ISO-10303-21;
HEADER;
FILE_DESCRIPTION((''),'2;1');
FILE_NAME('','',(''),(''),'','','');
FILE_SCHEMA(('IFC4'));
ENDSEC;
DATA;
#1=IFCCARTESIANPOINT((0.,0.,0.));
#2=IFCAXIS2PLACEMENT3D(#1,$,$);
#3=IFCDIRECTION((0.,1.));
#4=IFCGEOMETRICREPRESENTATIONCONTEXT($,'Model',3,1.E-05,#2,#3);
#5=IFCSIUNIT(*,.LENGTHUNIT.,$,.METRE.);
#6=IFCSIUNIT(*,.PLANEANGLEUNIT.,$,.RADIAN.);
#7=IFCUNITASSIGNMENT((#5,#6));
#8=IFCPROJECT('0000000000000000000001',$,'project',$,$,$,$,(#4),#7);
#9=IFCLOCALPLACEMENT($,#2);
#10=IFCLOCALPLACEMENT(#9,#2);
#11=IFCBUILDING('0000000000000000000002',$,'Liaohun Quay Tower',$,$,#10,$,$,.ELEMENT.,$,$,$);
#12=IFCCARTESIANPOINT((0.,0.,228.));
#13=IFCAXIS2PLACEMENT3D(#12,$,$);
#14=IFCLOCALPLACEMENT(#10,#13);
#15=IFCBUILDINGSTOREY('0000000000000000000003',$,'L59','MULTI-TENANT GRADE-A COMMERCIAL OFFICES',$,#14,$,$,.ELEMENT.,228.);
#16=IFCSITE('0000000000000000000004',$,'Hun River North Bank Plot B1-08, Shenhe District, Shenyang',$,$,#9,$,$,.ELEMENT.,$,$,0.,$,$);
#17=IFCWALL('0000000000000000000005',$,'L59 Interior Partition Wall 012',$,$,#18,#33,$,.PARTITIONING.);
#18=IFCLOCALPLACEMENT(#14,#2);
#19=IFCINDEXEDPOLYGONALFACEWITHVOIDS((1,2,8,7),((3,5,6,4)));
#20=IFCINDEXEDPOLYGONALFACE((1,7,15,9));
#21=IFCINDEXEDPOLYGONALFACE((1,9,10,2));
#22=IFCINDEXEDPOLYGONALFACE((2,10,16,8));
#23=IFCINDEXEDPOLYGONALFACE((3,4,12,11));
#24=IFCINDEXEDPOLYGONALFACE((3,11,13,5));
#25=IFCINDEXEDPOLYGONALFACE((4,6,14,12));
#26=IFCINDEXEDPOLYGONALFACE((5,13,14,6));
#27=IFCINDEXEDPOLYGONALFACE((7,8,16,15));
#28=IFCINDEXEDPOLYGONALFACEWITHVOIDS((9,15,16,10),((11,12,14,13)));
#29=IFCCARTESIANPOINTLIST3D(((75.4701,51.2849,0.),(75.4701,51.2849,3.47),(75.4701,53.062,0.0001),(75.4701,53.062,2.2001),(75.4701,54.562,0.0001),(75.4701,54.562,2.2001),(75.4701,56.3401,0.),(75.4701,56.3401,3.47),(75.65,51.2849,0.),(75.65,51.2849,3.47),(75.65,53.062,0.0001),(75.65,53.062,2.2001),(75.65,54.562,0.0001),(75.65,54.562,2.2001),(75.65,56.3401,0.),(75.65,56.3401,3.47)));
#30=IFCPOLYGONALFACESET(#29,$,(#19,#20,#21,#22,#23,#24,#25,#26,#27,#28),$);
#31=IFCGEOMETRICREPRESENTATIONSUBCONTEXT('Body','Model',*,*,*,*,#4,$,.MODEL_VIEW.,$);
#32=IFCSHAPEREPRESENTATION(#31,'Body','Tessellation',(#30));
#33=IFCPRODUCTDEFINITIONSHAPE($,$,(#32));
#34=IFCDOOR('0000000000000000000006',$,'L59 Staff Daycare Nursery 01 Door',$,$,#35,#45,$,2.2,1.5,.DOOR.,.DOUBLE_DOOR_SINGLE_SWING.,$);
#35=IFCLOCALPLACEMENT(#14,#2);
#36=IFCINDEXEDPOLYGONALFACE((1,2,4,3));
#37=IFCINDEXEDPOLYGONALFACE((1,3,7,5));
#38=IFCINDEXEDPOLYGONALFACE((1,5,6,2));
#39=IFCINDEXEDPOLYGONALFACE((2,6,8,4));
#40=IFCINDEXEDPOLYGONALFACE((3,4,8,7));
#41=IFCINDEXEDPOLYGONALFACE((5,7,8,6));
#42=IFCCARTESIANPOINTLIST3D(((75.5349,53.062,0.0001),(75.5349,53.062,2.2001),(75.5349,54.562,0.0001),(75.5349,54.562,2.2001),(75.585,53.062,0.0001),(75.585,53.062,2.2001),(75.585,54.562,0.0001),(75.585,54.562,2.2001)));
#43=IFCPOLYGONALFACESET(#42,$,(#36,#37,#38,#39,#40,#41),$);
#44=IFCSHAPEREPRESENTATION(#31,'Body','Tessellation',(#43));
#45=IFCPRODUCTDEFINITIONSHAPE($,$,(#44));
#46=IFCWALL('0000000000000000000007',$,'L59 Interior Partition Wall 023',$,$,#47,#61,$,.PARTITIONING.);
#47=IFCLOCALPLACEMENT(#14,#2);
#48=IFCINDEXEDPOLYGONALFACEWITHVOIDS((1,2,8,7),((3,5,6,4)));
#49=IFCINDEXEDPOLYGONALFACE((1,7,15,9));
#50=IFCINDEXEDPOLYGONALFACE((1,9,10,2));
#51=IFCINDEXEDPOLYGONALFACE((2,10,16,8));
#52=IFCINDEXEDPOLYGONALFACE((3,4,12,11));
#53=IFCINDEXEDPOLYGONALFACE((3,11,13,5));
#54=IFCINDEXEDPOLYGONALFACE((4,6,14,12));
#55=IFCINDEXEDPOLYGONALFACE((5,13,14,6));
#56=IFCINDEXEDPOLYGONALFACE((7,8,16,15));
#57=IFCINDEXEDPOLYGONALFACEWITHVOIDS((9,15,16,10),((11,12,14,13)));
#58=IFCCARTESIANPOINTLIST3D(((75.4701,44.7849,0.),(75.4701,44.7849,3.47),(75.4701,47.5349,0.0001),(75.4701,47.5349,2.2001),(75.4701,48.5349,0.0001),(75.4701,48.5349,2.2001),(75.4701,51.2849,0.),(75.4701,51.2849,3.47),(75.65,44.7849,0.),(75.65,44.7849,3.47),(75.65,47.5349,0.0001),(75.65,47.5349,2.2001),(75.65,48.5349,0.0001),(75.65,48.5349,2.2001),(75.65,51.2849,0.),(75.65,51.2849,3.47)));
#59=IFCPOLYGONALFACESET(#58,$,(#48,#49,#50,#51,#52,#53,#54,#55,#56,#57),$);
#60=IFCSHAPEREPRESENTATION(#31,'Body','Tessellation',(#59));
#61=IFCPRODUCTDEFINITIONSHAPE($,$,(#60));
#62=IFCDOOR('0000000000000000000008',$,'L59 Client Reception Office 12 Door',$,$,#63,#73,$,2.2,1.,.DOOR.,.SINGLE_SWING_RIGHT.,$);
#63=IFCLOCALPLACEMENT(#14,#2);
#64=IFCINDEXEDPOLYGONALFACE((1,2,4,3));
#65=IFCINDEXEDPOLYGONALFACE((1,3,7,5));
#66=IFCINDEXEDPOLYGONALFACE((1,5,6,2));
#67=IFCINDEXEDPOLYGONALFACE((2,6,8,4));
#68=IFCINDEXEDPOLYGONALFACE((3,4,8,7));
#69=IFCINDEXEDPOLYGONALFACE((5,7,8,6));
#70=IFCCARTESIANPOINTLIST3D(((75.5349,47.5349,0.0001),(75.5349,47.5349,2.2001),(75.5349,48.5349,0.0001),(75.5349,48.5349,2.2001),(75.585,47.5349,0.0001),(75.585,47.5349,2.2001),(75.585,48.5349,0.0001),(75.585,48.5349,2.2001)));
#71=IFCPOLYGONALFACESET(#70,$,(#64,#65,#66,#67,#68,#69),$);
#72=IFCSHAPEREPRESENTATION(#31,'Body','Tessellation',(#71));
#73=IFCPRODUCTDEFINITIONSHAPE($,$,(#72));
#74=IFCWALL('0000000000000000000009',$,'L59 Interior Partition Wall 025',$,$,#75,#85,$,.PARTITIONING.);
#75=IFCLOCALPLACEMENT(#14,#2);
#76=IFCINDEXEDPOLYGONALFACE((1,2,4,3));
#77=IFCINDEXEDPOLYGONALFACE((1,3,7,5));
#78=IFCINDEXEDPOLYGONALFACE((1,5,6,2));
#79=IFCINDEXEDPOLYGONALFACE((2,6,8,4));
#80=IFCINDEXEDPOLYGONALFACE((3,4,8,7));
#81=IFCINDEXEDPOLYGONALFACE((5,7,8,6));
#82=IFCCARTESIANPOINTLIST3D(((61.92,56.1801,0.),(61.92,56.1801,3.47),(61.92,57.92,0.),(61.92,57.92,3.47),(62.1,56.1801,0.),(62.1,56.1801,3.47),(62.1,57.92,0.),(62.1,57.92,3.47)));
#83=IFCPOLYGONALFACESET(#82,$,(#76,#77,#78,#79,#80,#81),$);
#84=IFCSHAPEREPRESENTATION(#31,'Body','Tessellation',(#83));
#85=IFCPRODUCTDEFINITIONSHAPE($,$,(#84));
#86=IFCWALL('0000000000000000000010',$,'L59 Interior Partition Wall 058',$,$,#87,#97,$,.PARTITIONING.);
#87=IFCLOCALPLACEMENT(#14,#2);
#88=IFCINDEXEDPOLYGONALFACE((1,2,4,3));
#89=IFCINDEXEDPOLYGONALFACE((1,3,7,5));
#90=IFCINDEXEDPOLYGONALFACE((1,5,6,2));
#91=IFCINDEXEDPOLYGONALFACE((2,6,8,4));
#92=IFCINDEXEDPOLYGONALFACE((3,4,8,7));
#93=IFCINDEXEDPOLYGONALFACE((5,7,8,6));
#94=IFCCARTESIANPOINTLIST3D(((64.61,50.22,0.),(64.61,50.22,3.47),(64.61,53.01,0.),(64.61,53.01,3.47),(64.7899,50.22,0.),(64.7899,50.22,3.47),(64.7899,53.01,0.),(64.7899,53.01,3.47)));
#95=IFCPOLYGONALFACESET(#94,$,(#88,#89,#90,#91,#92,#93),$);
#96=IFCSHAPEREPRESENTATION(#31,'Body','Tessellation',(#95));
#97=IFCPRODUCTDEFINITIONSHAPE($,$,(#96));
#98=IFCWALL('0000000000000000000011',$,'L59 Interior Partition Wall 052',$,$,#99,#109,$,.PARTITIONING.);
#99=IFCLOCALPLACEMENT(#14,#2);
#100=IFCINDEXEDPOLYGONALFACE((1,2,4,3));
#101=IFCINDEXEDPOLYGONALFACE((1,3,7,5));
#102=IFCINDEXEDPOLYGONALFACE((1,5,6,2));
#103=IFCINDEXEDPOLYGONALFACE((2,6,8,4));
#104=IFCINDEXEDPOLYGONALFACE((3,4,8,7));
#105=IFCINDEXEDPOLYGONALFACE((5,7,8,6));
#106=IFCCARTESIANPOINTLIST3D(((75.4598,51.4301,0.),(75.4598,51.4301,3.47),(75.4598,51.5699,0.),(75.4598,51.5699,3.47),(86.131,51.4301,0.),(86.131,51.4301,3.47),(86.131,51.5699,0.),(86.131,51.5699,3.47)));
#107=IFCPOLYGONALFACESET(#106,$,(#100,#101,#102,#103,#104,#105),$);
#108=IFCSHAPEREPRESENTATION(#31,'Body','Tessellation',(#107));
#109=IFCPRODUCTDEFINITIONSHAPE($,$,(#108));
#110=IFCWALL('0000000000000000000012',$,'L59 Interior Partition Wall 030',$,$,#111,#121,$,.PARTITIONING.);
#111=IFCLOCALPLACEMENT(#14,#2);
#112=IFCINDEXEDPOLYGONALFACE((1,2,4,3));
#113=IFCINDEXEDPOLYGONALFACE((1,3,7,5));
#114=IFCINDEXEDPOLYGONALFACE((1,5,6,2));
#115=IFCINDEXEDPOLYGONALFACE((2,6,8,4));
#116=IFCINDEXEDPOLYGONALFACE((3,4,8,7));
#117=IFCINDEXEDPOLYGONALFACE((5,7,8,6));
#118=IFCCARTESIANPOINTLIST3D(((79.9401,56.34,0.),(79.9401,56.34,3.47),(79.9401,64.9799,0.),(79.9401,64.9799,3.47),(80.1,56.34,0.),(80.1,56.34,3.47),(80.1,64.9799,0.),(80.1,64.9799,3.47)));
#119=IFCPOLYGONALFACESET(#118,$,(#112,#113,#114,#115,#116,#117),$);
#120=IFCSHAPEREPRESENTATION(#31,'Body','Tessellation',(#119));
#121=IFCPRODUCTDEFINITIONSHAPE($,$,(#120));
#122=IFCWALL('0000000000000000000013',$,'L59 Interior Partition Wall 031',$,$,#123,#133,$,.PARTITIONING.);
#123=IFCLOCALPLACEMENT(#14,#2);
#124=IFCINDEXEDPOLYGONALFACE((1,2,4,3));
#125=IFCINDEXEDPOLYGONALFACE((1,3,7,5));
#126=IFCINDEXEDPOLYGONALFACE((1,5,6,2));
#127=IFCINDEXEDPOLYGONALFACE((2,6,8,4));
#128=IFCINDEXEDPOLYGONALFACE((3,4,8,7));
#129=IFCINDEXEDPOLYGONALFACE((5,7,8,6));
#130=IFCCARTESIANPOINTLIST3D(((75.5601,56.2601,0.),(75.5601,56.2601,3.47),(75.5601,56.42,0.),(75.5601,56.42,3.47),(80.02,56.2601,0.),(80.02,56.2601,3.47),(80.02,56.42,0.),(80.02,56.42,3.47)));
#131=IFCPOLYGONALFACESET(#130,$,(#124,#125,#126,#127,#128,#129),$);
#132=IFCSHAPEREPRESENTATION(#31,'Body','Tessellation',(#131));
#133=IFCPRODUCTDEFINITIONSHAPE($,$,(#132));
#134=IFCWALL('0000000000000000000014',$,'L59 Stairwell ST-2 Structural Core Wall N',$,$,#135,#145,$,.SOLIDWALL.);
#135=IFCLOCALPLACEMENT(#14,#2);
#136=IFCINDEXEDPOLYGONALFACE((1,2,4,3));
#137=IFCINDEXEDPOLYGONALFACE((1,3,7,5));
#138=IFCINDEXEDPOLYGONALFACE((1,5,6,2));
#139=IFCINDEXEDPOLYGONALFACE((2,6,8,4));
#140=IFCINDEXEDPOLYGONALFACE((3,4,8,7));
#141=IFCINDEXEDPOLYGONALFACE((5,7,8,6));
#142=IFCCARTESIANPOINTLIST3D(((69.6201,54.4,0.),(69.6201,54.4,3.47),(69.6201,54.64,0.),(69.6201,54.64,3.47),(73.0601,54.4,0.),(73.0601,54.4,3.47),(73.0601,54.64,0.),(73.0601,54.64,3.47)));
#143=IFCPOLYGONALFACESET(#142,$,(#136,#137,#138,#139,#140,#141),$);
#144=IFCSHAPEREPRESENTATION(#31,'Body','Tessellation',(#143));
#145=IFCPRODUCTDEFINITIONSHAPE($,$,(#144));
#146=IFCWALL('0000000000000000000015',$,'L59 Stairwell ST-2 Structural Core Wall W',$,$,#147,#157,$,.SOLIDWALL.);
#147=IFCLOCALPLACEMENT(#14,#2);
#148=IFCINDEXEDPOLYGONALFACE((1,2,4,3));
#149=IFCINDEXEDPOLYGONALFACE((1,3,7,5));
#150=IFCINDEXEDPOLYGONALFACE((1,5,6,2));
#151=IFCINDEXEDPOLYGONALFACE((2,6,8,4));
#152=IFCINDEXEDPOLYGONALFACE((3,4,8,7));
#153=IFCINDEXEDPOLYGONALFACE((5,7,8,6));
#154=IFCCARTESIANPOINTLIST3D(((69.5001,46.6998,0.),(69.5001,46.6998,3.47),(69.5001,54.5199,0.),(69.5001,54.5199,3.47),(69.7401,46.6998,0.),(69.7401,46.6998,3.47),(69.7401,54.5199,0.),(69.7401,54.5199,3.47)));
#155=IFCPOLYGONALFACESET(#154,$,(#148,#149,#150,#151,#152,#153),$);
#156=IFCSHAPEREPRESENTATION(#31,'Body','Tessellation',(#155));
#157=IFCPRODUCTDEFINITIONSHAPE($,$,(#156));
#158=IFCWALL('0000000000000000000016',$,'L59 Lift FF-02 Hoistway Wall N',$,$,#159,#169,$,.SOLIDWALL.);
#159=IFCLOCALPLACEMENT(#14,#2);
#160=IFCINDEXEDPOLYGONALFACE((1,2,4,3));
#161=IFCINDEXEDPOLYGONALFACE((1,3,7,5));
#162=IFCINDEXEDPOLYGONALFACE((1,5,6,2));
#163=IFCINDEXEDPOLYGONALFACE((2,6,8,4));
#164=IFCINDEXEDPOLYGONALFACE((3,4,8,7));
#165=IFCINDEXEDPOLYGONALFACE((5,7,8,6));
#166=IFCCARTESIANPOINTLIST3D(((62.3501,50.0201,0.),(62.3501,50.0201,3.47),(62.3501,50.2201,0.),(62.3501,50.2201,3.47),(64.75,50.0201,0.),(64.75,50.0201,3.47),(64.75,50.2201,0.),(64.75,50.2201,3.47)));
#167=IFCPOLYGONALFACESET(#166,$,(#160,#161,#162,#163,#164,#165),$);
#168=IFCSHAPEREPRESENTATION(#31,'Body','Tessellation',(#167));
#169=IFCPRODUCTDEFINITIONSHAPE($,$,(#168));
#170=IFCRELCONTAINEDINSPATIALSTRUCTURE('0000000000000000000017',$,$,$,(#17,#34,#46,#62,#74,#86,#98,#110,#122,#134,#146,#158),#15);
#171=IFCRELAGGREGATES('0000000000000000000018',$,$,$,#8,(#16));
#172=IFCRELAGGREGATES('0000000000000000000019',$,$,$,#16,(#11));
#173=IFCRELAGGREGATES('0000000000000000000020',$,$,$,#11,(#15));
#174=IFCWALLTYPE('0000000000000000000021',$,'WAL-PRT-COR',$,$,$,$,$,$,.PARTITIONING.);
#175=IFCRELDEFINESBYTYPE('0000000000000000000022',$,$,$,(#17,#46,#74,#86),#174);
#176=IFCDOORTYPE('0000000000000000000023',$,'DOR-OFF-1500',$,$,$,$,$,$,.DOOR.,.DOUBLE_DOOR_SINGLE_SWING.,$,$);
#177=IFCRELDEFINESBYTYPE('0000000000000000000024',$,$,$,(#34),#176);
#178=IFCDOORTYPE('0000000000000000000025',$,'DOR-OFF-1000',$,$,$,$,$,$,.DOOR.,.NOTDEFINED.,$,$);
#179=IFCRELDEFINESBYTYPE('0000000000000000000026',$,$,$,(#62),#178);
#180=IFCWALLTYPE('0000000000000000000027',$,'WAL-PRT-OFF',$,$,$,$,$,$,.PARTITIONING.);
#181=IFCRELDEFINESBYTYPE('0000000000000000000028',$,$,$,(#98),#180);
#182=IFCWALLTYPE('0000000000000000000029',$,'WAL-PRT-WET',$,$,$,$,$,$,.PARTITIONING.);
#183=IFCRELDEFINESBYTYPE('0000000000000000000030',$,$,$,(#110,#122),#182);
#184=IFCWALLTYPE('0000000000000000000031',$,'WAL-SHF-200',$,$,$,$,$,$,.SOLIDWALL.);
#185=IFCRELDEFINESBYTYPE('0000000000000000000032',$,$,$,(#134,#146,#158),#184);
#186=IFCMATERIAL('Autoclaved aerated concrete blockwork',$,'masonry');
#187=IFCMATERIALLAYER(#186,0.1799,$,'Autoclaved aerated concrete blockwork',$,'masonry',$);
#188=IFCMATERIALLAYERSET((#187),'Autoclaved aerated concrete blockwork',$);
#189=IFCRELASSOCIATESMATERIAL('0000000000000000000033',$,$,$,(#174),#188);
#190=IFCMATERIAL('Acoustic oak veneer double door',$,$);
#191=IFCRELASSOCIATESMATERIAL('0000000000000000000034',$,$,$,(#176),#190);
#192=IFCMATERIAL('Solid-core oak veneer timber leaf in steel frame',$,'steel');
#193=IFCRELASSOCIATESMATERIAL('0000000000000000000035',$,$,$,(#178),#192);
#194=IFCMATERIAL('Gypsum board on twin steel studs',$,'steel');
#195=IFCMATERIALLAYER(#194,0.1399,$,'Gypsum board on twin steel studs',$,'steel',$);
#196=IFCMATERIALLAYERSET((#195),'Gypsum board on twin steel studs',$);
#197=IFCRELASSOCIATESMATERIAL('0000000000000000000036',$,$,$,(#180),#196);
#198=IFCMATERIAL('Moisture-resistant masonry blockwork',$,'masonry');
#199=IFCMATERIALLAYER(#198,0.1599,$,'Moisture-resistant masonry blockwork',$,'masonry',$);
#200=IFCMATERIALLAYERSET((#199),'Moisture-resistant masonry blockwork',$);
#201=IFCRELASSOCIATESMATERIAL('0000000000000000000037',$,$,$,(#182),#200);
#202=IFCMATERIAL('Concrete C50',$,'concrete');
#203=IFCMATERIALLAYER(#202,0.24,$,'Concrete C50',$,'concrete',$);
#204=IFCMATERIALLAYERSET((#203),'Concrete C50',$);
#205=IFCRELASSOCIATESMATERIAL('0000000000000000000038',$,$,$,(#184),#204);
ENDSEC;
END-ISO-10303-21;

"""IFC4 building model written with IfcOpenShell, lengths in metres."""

from ifc_helpers import new_model, si_unit, direction, frame, frame_2d, origin, place, context, subcontext, project, spatial, rectangle, extrude, source, transform, mapped, material, layer, layer_set, type_object, element, fill, save


model = new_model("IFC4")

# Units and contexts
model_context = context("Model", 3, precision=1e-05, world=origin(), true_north=direction((0.0, 1.0)))
body_context = subcontext(model_context, "Body", "Model", "MODEL_VIEW")
ifc_project = project(units=[si_unit("LENGTHUNIT", "METRE"), si_unit("PLANEANGLEUNIT", "RADIAN")], contexts=[model_context])

# Site, building, storey
site_placement = place(None, origin())
site = spatial("IfcSite", under=ifc_project, at=site_placement, Name="Hun River North Bank Plot B1-08, Shenhe District, Shenyang", CompositionType="ELEMENT", RefElevation=0.0)
building_placement = place(site_placement, origin())
building = spatial("IfcBuilding", under=site, at=building_placement, Name="Liaohun Quay Tower", CompositionType="ELEMENT")
storey_placement = place(building_placement, frame((0.0, 0.0, 228.0)))
storey = spatial("IfcBuildingStorey", under=building, at=storey_placement, Name="L59", Description="MULTI-TENANT GRADE-A COMMERCIAL OFFICES", CompositionType="ELEMENT", Elevation=228.0)

# Walls, openings, doors
ifc_material_1 = material(Name="Autoclaved aerated concrete blockwork", Category="masonry")
ifc_layer_1 = layer(ifc_material_1, 0.1799, Name="Autoclaved aerated concrete blockwork", Category="masonry")
ifc_layer_set_1 = layer_set([ifc_layer_1], Name="Autoclaved aerated concrete blockwork")
wall_type_1 = type_object("IfcWallType", Name="WAL-PRT-COR", PredefinedType="PARTITIONING", material=ifc_layer_set_1)
wall_1_placement = place(storey_placement, frame((75.5601, 56.3401, 0.0), z_axis=(0.0, 0.0, 1.0), x_axis=(0.0, -1.0, 0.0)))
wall_1 = element("IfcWall", 1, at=wall_1_placement, inside=storey, type_object=wall_type_1, Name="L59 Interior Partition Wall 012", PredefinedType="PARTITIONING", context=body_context, shape_type="SweptSolid", body=[
    extrude(rectangle(XDim=5.0552, YDim=0.1799, at=frame_2d((2.5276, 0.0))), origin(), (0.0, 0.0, 1.0), 3.47),
])
shared_shape_1 = source(origin(), body_context, "Body", "SweptSolid", [
    extrude(rectangle(XDim=1.5, YDim=2.2, at=frame_2d((0.75, 1.1001))), frame((0.0, 0.0999, 0.0), z_axis=(0.0, -1.0, 0.0), x_axis=(1.0, 0.0, 0.0)), (0.0, 0.0, 1.0), 0.2),
])
opening_1_placement = place(wall_1_placement, frame((1.7781, 0.0, 0.0)))
opening_1 = element("IfcOpeningElement", 2, at=opening_1_placement, cuts=wall_1, PredefinedType="OPENING", context=body_context, shape_type="MappedRepresentation", body=[
    mapped(shared_shape_1, transform((0.0, 0.0, 0.0), x_axis=(1.0, 0.0, 0.0), y_axis=(0.0, 1.0, 0.0), z_axis=(0.0, 0.0, 1.0), scale=1.0)),
])
ifc_material_2 = material(Name="Acoustic oak veneer double door")
door_type_1 = type_object("IfcDoorType", Name="DOR-OFF-1500", OperationType="DOUBLE_DOOR_SINGLE_SWING", PredefinedType="DOOR", material=ifc_material_2)
shared_shape_2 = source(origin(), body_context, "Body", "SweptSolid", [
    extrude(rectangle(XDim=1.5, YDim=2.2, at=frame_2d((0.75, 1.1001))), frame((0.0, 0.0249, 0.0), z_axis=(0.0, -1.0, 0.0), x_axis=(1.0, 0.0, 0.0)), (0.0, 0.0, 1.0), 0.05),
])
door_1_placement = place(opening_1_placement, origin())
door_1 = element("IfcDoor", 3, at=door_1_placement, inside=storey, type_object=door_type_1, Name="L59 Staff Daycare Nursery 01 Door", OperationType="DOUBLE_DOOR_SINGLE_SWING", OverallHeight=2.2, OverallWidth=1.5, PredefinedType="DOOR", context=body_context, shape_type="MappedRepresentation", body=[
    mapped(shared_shape_2, transform((0.0, 0.0, 0.0), x_axis=(1.0, 0.0, 0.0), y_axis=(0.0, 1.0, 0.0), z_axis=(0.0, 0.0, 1.0), scale=1.0)),
])
fill(opening_1, door_1)
wall_2_placement = place(storey_placement, frame((75.5601, 51.2849, 0.0), z_axis=(0.0, 0.0, 1.0), x_axis=(0.0, -1.0, 0.0)))
wall_2 = element("IfcWall", 4, at=wall_2_placement, inside=storey, type_object=wall_type_1, Name="L59 Interior Partition Wall 023", PredefinedType="PARTITIONING", context=body_context, shape_type="SweptSolid", body=[
    extrude(rectangle(XDim=6.5, YDim=0.1799, at=frame_2d((3.25, 0.0))), origin(), (0.0, 0.0, 1.0), 3.47),
])
shared_shape_3 = source(origin(), body_context, "Body", "SweptSolid", [
    extrude(rectangle(XDim=1.0, YDim=2.2, at=frame_2d((0.5, 1.1001))), frame((0.0, 0.0999, 0.0), z_axis=(0.0, -1.0, 0.0), x_axis=(1.0, 0.0, 0.0)), (0.0, 0.0, 1.0), 0.2),
])
opening_2_placement = place(wall_2_placement, frame((2.75, 0.0, 0.0)))
opening_2 = element("IfcOpeningElement", 5, at=opening_2_placement, cuts=wall_2, PredefinedType="OPENING", context=body_context, shape_type="MappedRepresentation", body=[
    mapped(shared_shape_3, transform((0.0, 0.0, 0.0), x_axis=(1.0, 0.0, 0.0), y_axis=(0.0, 1.0, 0.0), z_axis=(0.0, 0.0, 1.0), scale=1.0)),
])
ifc_material_3 = material(Name="Solid-core oak veneer timber leaf in steel frame", Category="steel")
door_type_2 = type_object("IfcDoorType", Name="DOR-OFF-1000", OperationType="NOTDEFINED", PredefinedType="DOOR", material=ifc_material_3)
shared_shape_4 = source(origin(), body_context, "Body", "SweptSolid", [
    extrude(rectangle(XDim=1.0, YDim=2.2, at=frame_2d((0.5, 1.1001))), frame((0.0, 0.0249, 0.0), z_axis=(0.0, -1.0, 0.0), x_axis=(1.0, 0.0, 0.0)), (0.0, 0.0, 1.0), 0.05),
])
door_2_placement = place(opening_2_placement, origin())
door_2 = element("IfcDoor", 6, at=door_2_placement, inside=storey, type_object=door_type_2, Name="L59 Client Reception Office 12 Door", OperationType="SINGLE_SWING_RIGHT", OverallHeight=2.2, OverallWidth=1.0, PredefinedType="DOOR", context=body_context, shape_type="MappedRepresentation", body=[
    mapped(shared_shape_4, transform((0.0, 0.0, 0.0), x_axis=(1.0, 0.0, 0.0), y_axis=(0.0, 1.0, 0.0), z_axis=(0.0, 0.0, 1.0), scale=1.0)),
])
fill(opening_2, door_2)

# Walls
wall_3_placement = place(storey_placement, frame((62.01, 56.1799, 0.0), z_axis=(0.0, 0.0, 1.0), x_axis=(0.0, 1.0, 0.0)))
element("IfcWall", 7, at=wall_3_placement, inside=storey, type_object=wall_type_1, Name="L59 Interior Partition Wall 025", PredefinedType="PARTITIONING", context=body_context, shape_type="SweptSolid", body=[
    extrude(rectangle(XDim=1.74, YDim=0.1799, at=frame_2d((0.8701, 0.0))), origin(), (0.0, 0.0, 1.0), 3.47),
])
wall_4_placement = place(storey_placement, frame((64.7, 50.22, 0.0), z_axis=(0.0, 0.0, 1.0), x_axis=(0.0, 1.0, 0.0)))
element("IfcWall", 8, at=wall_4_placement, inside=storey, type_object=wall_type_1, Name="L59 Interior Partition Wall 058", PredefinedType="PARTITIONING", context=body_context, shape_type="SweptSolid", body=[
    extrude(rectangle(XDim=2.79, YDim=0.1799, at=frame_2d((1.395, 0.0))), origin(), (0.0, 0.0, 1.0), 3.47),
])
ifc_material_4 = material(Name="Gypsum board on twin steel studs", Category="steel")
ifc_layer_2 = layer(ifc_material_4, 0.1399, Name="Gypsum board on twin steel studs", Category="steel")
ifc_layer_set_2 = layer_set([ifc_layer_2], Name="Gypsum board on twin steel studs")
wall_type_2 = type_object("IfcWallType", Name="WAL-PRT-OFF", PredefinedType="PARTITIONING", material=ifc_layer_set_2)
wall_5_placement = place(storey_placement, frame((75.46, 51.5, 0.0), z_axis=(0.0, 0.0, 1.0), x_axis=(1.0, 0.0, 0.0)))
element("IfcWall", 9, at=wall_5_placement, inside=storey, type_object=wall_type_2, Name="L59 Interior Partition Wall 052", PredefinedType="PARTITIONING", context=body_context, shape_type="SweptSolid", body=[
    extrude(rectangle(XDim=10.6711, YDim=0.1399, at=frame_2d((5.3354, 0.0))), origin(), (0.0, 0.0, 1.0), 3.47),
])

# Shared definitions
ifc_material_5 = material(Name="Moisture-resistant masonry blockwork", Category="masonry")
ifc_layer_3 = layer(ifc_material_5, 0.1599, Name="Moisture-resistant masonry blockwork", Category="masonry")
ifc_layer_set_3 = layer_set([ifc_layer_3], Name="Moisture-resistant masonry blockwork")
wall_type_3 = type_object("IfcWallType", Name="WAL-PRT-WET", PredefinedType="PARTITIONING", material=ifc_layer_set_3)

# Walls
wall_6_placement = place(storey_placement, frame((80.02, 56.3401, 0.0), z_axis=(0.0, 0.0, 1.0), x_axis=(0.0, 1.0, 0.0)))
element("IfcWall", 10, at=wall_6_placement, inside=storey, type_object=wall_type_3, Name="L59 Interior Partition Wall 030", PredefinedType="PARTITIONING", context=body_context, shape_type="SweptSolid", body=[
    extrude(rectangle(XDim=8.6399, YDim=0.1599, at=frame_2d((4.3198, 0.0))), origin(), (0.0, 0.0, 1.0), 3.47),
])
wall_7_placement = place(storey_placement, frame((75.5601, 56.3401, 0.0), z_axis=(0.0, 0.0, 1.0), x_axis=(1.0, 0.0, 0.0)))
element("IfcWall", 11, at=wall_7_placement, inside=storey, type_object=wall_type_3, Name="L59 Interior Partition Wall 031", PredefinedType="PARTITIONING", context=body_context, shape_type="SweptSolid", body=[
    extrude(rectangle(XDim=4.46, YDim=0.1599, at=frame_2d((2.23, 0.0))), origin(), (0.0, 0.0, 1.0), 3.47),
])
ifc_material_6 = material(Name="Concrete C50", Category="concrete")
ifc_layer_4 = layer(ifc_material_6, 0.24, Name="Concrete C50", Category="concrete")
ifc_layer_set_4 = layer_set([ifc_layer_4], Name="Concrete C50")
wall_type_4 = type_object("IfcWallType", Name="WAL-SHF-200", PredefinedType="SOLIDWALL", material=ifc_layer_set_4)
wall_8_placement = place(storey_placement, frame((73.0601, 54.52, 0.0), z_axis=(0.0, 0.0, 1.0), x_axis=(-1.0, 0.0, 0.0)))
element("IfcWall", 12, at=wall_8_placement, inside=storey, type_object=wall_type_4, Name="L59 Stairwell ST-2 Structural Core Wall N", PredefinedType="SOLIDWALL", context=body_context, shape_type="SweptSolid", body=[
    extrude(rectangle(XDim=3.4399, YDim=0.24, at=frame_2d((1.72, 0.0))), origin(), (0.0, 0.0, 1.0), 3.47),
])
wall_9_placement = place(storey_placement, frame((69.6201, 54.52, 0.0), z_axis=(0.0, 0.0, 1.0), x_axis=(0.0, -1.0, 0.0)))
element("IfcWall", 13, at=wall_9_placement, inside=storey, type_object=wall_type_4, Name="L59 Stairwell ST-2 Structural Core Wall W", PredefinedType="SOLIDWALL", context=body_context, shape_type="SweptSolid", body=[
    extrude(rectangle(XDim=7.8201, YDim=0.24, at=frame_2d((3.9102, 0.0))), origin(), (0.0, 0.0, 1.0), 3.47),
])
wall_10_placement = place(storey_placement, frame((64.75, 50.1201, 0.0), z_axis=(0.0, 0.0, 1.0), x_axis=(-1.0, 0.0, 0.0)))
element("IfcWall", 14, at=wall_10_placement, inside=storey, type_object=wall_type_4, Name="L59 Lift FF-02 Hoistway Wall N", PredefinedType="SOLIDWALL", context=body_context, shape_type="SweptSolid", body=[
    extrude(rectangle(XDim=2.3999, YDim=0.2, at=frame_2d((1.2, 0.0))), origin(), (0.0, 0.0, 1.0), 3.47),
])

save(model, "model.ifc")
